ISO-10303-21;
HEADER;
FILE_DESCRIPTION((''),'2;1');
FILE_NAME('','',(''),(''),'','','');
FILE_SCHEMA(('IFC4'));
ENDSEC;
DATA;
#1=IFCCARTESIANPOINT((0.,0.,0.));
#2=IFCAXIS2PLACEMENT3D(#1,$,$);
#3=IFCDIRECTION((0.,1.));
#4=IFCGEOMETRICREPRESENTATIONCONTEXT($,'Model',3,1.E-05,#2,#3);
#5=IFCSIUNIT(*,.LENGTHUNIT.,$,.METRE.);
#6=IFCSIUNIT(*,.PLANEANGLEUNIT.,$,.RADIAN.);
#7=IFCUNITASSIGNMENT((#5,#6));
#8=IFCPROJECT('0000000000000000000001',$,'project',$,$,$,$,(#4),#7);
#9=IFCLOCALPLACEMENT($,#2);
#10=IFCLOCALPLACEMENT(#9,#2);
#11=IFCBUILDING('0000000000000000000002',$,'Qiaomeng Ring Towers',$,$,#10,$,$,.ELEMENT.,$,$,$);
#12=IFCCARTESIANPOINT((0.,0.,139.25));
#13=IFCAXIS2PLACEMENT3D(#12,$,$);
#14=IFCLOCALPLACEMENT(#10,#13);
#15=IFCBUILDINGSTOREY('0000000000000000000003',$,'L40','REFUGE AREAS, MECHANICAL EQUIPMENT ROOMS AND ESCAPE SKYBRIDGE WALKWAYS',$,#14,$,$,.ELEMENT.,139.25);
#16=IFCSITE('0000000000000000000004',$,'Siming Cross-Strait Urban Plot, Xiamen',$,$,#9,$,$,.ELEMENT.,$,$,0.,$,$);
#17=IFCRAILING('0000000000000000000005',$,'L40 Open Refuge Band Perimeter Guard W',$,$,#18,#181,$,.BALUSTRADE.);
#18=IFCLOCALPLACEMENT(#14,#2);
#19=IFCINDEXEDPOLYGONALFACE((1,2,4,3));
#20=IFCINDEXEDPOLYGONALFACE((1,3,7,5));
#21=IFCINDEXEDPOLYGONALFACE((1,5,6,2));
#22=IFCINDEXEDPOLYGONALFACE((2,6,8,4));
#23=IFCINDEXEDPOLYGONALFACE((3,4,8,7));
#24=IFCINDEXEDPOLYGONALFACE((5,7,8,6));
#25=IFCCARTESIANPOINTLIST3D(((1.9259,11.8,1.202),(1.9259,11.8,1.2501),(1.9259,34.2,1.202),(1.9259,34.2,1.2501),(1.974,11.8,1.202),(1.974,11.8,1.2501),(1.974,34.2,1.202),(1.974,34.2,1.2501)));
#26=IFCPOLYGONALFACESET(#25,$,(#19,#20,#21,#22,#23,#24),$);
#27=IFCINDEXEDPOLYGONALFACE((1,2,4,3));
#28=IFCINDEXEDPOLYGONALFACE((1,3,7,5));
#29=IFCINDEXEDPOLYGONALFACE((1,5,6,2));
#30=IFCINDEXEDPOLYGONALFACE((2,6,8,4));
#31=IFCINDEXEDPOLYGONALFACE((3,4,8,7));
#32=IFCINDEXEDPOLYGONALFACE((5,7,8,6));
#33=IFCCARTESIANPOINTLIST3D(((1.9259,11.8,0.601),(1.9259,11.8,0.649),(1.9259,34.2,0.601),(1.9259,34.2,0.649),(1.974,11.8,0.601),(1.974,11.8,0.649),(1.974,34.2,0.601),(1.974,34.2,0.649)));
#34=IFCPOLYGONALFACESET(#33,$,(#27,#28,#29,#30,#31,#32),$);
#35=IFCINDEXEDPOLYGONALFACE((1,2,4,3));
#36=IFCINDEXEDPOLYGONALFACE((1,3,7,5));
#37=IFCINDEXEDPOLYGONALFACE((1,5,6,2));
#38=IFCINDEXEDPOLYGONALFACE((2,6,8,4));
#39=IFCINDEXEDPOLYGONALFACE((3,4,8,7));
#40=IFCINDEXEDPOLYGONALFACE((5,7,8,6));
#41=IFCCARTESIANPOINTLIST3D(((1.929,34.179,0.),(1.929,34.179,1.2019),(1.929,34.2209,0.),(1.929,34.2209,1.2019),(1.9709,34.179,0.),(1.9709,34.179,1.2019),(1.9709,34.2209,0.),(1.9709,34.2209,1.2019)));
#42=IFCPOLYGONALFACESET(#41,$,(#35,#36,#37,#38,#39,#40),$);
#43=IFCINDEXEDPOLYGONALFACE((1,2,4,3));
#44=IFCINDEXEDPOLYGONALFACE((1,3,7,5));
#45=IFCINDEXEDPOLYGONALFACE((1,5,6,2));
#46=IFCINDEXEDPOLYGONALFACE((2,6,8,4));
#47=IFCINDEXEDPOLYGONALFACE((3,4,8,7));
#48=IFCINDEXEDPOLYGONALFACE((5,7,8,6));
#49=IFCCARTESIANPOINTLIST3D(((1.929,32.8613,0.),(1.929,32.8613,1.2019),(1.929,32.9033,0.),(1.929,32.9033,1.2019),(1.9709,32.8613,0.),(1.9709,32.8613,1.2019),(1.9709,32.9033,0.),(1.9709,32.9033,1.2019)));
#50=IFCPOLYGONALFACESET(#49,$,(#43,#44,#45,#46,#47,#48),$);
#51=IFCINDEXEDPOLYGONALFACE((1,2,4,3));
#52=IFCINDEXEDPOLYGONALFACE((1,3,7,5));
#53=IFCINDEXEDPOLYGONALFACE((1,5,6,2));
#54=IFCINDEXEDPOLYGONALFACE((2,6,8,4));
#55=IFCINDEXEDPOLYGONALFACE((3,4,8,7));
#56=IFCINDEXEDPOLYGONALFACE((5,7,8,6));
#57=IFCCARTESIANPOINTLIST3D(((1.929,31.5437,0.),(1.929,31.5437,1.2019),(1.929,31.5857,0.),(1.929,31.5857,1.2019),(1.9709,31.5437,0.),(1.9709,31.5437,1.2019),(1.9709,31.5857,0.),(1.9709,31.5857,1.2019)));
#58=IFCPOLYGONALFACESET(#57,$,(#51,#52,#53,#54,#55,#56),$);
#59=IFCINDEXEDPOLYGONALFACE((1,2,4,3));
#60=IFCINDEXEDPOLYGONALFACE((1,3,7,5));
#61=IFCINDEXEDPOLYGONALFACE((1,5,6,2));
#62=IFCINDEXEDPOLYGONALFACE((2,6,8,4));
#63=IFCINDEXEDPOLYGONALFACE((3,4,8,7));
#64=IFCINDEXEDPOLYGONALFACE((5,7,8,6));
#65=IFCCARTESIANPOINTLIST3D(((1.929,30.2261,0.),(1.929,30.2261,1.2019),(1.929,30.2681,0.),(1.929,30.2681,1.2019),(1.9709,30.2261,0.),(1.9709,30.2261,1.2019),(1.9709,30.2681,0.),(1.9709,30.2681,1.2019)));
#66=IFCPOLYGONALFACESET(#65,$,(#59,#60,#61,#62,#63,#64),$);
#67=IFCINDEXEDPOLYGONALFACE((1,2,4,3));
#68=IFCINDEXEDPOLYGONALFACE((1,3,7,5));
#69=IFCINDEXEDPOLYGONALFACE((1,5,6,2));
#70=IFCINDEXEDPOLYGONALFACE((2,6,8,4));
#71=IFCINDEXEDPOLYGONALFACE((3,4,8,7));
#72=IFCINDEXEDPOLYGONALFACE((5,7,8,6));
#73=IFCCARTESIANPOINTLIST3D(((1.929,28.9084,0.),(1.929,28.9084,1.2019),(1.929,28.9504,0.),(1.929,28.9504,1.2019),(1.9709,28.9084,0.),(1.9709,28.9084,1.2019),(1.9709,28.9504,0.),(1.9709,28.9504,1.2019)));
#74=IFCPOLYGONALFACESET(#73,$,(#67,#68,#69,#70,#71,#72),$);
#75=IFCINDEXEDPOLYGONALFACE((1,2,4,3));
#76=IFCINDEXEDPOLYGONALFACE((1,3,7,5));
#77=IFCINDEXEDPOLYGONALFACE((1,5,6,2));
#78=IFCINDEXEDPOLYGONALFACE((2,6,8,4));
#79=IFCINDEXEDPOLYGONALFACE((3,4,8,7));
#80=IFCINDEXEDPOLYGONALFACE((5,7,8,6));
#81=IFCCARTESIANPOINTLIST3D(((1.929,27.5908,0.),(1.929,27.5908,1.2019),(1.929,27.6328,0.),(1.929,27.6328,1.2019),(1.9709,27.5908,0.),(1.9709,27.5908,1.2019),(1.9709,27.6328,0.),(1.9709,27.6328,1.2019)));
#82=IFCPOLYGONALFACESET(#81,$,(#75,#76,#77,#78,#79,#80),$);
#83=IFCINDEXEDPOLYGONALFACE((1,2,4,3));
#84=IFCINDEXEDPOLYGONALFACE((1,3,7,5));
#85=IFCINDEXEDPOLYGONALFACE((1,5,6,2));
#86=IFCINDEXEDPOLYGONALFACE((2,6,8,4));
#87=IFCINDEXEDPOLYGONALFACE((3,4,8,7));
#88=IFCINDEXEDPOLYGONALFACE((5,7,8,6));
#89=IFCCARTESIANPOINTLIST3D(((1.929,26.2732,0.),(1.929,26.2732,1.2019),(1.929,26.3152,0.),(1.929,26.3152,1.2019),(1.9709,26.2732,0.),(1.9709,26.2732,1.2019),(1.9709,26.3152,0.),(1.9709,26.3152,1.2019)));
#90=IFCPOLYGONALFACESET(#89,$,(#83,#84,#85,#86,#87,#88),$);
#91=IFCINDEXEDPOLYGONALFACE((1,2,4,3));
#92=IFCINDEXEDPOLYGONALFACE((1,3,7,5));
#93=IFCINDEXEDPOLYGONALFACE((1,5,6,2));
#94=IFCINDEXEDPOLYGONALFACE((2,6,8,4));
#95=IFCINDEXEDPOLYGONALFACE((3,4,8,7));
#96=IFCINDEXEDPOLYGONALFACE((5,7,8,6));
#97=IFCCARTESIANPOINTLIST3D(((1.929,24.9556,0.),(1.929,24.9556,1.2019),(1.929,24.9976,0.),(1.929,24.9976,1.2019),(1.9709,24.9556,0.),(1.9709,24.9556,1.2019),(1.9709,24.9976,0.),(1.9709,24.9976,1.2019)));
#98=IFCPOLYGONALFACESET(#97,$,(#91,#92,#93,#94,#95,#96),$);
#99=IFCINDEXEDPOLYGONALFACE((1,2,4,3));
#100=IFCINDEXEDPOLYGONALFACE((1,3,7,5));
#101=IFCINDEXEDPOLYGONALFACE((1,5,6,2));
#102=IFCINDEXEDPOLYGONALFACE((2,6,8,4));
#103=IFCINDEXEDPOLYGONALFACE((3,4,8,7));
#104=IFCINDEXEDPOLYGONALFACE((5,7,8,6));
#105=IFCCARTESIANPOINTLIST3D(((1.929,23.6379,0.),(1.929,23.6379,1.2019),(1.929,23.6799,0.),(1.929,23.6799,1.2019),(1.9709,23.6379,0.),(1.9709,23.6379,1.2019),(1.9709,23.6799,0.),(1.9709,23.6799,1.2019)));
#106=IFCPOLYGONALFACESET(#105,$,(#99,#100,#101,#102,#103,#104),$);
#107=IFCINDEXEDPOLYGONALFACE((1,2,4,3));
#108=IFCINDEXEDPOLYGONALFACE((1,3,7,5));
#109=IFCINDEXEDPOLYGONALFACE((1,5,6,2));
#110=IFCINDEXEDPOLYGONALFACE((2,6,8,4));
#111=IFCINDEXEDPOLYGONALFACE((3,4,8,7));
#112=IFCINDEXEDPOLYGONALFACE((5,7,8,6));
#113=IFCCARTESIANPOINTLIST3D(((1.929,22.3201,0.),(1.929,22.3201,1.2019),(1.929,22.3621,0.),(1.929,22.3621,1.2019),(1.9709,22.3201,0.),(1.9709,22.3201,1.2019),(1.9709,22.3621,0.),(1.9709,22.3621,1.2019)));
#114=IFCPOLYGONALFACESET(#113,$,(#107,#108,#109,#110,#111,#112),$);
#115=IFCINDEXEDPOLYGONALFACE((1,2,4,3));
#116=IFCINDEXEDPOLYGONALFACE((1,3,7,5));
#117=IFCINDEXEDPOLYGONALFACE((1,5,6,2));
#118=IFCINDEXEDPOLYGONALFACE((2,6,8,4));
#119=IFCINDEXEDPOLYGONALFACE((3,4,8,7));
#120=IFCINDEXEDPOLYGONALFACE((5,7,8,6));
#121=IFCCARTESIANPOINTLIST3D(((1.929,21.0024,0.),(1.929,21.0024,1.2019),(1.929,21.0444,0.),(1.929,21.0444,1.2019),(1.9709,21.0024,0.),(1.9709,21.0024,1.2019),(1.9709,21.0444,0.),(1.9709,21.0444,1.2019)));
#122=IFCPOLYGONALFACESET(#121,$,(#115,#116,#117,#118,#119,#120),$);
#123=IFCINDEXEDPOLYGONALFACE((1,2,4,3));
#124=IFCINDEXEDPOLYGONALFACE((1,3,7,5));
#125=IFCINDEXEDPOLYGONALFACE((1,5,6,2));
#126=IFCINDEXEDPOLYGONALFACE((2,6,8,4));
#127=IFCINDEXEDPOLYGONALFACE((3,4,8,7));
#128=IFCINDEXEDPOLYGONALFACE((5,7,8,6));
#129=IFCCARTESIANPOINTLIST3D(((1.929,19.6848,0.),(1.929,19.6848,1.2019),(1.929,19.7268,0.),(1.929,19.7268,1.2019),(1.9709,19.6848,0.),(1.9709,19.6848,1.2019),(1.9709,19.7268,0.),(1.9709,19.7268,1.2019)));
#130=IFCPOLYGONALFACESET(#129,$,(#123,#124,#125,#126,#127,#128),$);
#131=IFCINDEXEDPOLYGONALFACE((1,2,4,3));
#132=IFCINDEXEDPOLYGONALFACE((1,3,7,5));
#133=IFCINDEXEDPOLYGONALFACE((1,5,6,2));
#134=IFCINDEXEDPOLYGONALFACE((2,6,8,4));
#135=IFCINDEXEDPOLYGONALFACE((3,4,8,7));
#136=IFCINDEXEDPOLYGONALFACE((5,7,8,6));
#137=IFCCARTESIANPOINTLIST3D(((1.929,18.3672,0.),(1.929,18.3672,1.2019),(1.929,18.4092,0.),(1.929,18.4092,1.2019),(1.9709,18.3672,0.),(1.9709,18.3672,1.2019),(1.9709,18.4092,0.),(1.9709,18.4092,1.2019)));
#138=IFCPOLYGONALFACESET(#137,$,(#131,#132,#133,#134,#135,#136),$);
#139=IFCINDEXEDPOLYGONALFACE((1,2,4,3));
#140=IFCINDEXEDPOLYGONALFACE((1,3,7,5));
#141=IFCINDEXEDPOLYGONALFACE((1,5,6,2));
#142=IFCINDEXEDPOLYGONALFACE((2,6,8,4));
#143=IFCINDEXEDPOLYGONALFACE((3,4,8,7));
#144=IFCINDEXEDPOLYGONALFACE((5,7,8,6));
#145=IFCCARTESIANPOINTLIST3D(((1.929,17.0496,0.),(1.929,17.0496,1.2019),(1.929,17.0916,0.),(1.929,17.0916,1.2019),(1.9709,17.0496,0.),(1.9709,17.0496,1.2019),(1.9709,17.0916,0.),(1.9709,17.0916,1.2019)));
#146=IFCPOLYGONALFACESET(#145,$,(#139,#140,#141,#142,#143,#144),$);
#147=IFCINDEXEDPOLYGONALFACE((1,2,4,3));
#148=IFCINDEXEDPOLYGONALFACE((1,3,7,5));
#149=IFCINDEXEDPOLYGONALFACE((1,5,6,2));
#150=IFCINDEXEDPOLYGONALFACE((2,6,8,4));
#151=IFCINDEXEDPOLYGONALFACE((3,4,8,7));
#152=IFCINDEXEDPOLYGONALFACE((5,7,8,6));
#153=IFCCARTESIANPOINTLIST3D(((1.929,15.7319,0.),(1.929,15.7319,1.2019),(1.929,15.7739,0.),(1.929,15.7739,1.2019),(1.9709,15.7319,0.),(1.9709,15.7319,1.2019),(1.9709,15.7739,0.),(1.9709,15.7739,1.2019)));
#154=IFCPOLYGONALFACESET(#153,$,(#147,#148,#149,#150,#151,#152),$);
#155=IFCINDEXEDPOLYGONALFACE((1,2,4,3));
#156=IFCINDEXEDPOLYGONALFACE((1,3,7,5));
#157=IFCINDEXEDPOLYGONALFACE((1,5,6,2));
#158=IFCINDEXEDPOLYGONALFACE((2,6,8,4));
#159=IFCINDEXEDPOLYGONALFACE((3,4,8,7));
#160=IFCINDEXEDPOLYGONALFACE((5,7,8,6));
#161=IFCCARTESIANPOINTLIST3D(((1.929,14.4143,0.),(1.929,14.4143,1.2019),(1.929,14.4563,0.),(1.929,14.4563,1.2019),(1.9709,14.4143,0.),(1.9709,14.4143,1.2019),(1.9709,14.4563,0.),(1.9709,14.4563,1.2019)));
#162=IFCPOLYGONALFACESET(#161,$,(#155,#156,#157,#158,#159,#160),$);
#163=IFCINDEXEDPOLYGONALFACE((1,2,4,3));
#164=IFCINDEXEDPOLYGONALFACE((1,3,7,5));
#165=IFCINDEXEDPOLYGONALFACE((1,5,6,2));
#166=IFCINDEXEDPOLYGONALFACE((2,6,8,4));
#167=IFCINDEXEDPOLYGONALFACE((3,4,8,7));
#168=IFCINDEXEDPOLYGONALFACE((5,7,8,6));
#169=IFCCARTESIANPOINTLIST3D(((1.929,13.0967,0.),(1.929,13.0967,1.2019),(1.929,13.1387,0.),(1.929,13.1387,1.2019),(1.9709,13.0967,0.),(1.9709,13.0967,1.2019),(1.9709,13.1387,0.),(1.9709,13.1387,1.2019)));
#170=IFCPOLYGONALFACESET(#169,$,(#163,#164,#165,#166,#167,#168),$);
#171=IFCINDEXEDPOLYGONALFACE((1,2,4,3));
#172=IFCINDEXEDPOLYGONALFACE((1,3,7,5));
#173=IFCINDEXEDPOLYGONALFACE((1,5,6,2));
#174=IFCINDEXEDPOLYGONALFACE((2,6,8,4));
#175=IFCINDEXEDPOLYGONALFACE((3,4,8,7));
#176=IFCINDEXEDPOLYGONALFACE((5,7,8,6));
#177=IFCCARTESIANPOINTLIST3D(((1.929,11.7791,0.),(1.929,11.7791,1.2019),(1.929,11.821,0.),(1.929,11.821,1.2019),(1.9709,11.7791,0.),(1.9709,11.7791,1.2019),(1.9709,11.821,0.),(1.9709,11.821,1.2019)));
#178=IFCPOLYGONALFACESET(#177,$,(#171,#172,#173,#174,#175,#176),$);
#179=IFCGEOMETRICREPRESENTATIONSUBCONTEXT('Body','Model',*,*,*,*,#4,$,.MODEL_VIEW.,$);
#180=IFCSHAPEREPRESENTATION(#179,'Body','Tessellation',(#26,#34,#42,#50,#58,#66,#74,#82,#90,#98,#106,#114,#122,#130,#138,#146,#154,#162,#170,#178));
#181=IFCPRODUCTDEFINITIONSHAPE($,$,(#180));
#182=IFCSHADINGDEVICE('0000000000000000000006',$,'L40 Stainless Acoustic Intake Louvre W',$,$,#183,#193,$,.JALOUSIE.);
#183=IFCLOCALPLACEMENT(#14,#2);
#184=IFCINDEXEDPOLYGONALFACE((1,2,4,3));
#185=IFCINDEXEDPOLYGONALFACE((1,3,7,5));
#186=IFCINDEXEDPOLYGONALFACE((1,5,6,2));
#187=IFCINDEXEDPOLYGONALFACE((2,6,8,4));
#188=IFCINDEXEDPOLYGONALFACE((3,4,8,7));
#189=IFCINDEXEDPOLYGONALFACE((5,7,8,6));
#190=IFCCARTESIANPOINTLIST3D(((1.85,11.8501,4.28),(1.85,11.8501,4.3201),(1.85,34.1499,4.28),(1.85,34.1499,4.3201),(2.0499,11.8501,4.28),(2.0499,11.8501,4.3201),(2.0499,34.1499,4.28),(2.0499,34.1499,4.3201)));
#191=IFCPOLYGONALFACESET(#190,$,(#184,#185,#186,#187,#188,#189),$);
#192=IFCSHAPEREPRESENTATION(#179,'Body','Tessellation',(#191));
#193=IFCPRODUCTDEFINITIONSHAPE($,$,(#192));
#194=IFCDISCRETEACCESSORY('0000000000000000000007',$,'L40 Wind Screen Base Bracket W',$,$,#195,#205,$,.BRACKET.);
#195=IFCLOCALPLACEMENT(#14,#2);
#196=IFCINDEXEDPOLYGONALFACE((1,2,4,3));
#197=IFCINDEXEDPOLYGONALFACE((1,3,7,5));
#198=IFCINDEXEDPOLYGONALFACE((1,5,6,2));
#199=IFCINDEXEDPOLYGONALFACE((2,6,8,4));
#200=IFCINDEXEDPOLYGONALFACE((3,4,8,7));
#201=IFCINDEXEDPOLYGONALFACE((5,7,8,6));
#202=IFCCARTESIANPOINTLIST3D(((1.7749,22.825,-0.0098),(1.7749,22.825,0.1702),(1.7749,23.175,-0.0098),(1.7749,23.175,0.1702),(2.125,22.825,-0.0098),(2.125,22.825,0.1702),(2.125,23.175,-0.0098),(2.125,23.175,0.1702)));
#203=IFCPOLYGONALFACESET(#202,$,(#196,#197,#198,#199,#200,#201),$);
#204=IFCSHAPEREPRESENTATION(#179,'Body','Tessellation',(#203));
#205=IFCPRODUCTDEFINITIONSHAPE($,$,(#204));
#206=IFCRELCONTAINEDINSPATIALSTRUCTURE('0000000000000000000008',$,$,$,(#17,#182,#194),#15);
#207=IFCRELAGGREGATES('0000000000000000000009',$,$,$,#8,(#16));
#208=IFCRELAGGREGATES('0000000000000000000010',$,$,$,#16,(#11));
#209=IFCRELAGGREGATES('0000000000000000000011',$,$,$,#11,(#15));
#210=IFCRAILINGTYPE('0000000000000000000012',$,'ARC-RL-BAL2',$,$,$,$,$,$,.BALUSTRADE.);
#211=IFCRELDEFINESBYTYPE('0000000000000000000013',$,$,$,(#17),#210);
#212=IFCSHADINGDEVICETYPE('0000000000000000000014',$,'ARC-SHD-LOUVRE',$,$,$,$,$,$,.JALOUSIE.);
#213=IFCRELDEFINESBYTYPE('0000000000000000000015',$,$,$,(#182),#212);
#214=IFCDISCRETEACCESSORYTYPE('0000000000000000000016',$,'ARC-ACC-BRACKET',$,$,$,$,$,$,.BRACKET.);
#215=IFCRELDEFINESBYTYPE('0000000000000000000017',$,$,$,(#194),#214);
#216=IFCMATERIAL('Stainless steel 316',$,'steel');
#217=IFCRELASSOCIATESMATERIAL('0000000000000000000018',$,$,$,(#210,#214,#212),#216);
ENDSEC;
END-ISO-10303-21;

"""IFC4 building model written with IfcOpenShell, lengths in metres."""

from ifc_helpers import new_model, si_unit, direction, frame, origin, origin_2d, place, context, subcontext, project, spatial, rectangle, extrude, source, transform, mapped, material, material_profile, profile_set, type_object, element, save


model = new_model("IFC4")

# Units and contexts
model_context = context("Model", 3, precision=1e-05, world=origin(), true_north=direction((0.0, 1.0)))
body_context = subcontext(model_context, "Body", "Model", "MODEL_VIEW")
ifc_project = project(units=[si_unit("LENGTHUNIT", "METRE"), si_unit("PLANEANGLEUNIT", "RADIAN")], contexts=[model_context])

# Site, building, storey
site_placement = place(None, origin())
site = spatial("IfcSite", under=ifc_project, at=site_placement, Name="Siming Cross-Strait Urban Plot, Xiamen", CompositionType="ELEMENT", RefElevation=0.0)
building_placement = place(site_placement, origin())
building = spatial("IfcBuilding", under=site, at=building_placement, Name="Qiaomeng Ring Towers", CompositionType="ELEMENT")
storey_placement = place(building_placement, frame((0.0, 0.0, 139.25)))
storey = spatial("IfcBuildingStorey", under=building, at=storey_placement, Name="L40", Description="REFUGE AREAS, MECHANICAL EQUIPMENT ROOMS AND ESCAPE SKYBRIDGE WALKWAYS", CompositionType="ELEMENT", Elevation=139.25)

# Shared definitions
ifc_material_1 = material(Name="Stainless steel 316", Category="steel")

# Railing
railing_type = type_object("IfcRailingType", Name="ARC-RL-BAL2", PredefinedType="BALUSTRADE", material=ifc_material_1)
railing_placement = place(storey_placement, frame((1.95, 34.2, 0.0)))
element("IfcRailing", 1, at=railing_placement, inside=storey, type_object=railing_type, Name="L40 Open Refuge Band Perimeter Guard W", PredefinedType="BALUSTRADE", context=body_context, shape_type="SweptSolid", body=[
    extrude(rectangle(XDim=0.0481, YDim=0.0481, at=origin_2d()), frame((0.0, 0.0, 1.2261), z_axis=(0.0, -1.0, 0.0), x_axis=(1.0, 0.0, 0.0)), (0.0, 0.0, 1.0), 22.3999),
    extrude(rectangle(XDim=0.0481, YDim=0.0481, at=origin_2d()), frame((0.0, 0.0, 0.625), z_axis=(0.0, -1.0, 0.0), x_axis=(1.0, 0.0, 0.0)), (0.0, 0.0, 1.0), 22.3999),
    extrude(rectangle(XDim=0.042, YDim=0.042, at=origin_2d()), origin(), (0.0, 0.0, 1.0), 1.2019),
    extrude(rectangle(XDim=0.042, YDim=0.042, at=origin_2d()), frame((0.0, -1.3176, 0.0)), (0.0, 0.0, 1.0), 1.2019),
    extrude(rectangle(XDim=0.042, YDim=0.042, at=origin_2d()), frame((0.0, -2.6353, 0.0)), (0.0, 0.0, 1.0), 1.2019),
    extrude(rectangle(XDim=0.042, YDim=0.042, at=origin_2d()), frame((0.0, -3.9529, 0.0)), (0.0, 0.0, 1.0), 1.2019),
    extrude(rectangle(XDim=0.042, YDim=0.042, at=origin_2d()), frame((0.0, -5.2705, 0.0)), (0.0, 0.0, 1.0), 1.2019),
    extrude(rectangle(XDim=0.042, YDim=0.042, at=origin_2d()), frame((0.0, -6.5881, 0.0)), (0.0, 0.0, 1.0), 1.2019),
    extrude(rectangle(XDim=0.042, YDim=0.042, at=origin_2d()), frame((0.0, -7.9058, 0.0)), (0.0, 0.0, 1.0), 1.2019),
    extrude(rectangle(XDim=0.042, YDim=0.042, at=origin_2d()), frame((0.0, -9.2234, 0.0)), (0.0, 0.0, 1.0), 1.2019),
    extrude(rectangle(XDim=0.042, YDim=0.042, at=origin_2d()), frame((0.0, -10.541, 0.0)), (0.0, 0.0, 1.0), 1.2019),
    extrude(rectangle(XDim=0.042, YDim=0.042, at=origin_2d()), frame((0.0, -11.8589, 0.0)), (0.0, 0.0, 1.0), 1.2019),
    extrude(rectangle(XDim=0.042, YDim=0.042, at=origin_2d()), frame((0.0, -13.1765, 0.0)), (0.0, 0.0, 1.0), 1.2019),
    extrude(rectangle(XDim=0.042, YDim=0.042, at=origin_2d()), frame((0.0, -14.4941, 0.0)), (0.0, 0.0, 1.0), 1.2019),
    extrude(rectangle(XDim=0.042, YDim=0.042, at=origin_2d()), frame((0.0, -15.8118, 0.0)), (0.0, 0.0, 1.0), 1.2019),
    extrude(rectangle(XDim=0.042, YDim=0.042, at=origin_2d()), frame((0.0, -17.1294, 0.0)), (0.0, 0.0, 1.0), 1.2019),
    extrude(rectangle(XDim=0.042, YDim=0.042, at=origin_2d()), frame((0.0, -18.447, 0.0)), (0.0, 0.0, 1.0), 1.2019),
    extrude(rectangle(XDim=0.042, YDim=0.042, at=origin_2d()), frame((0.0, -19.7646, 0.0)), (0.0, 0.0, 1.0), 1.2019),
    extrude(rectangle(XDim=0.042, YDim=0.042, at=origin_2d()), frame((0.0, -21.0823, 0.0)), (0.0, 0.0, 1.0), 1.2019),
    extrude(rectangle(XDim=0.042, YDim=0.042, at=origin_2d()), frame((0.0, -22.3999, 0.0)), (0.0, 0.0, 1.0), 1.2019),
])

# Shading device
ifc_material_profile_1 = material_profile(ifc_material_1, rectangle(XDim=0.2, YDim=0.04, at=origin_2d()), Name="LV BLADE 200x40")
ifc_profile_set_1 = profile_set([ifc_material_profile_1], Name="Stainless steel 316")
shading_device_type = type_object("IfcShadingDeviceType", Name="ARC-SHD-LOUVRE", PredefinedType="JALOUSIE", material=ifc_profile_set_1)
shared_shape_1 = source(origin(), body_context, "Body", "SweptSolid", [
    extrude(rectangle(XDim=0.2, YDim=0.04, at=origin_2d()), origin(), (0.0, 0.0, 1.0), 22.2998),
])
shading_device_placement = place(storey_placement, frame((1.95, 34.1499, 4.3), z_axis=(0.0, -1.0, 0.0), x_axis=(1.0, 0.0, 0.0)))
element("IfcShadingDevice", 2, at=shading_device_placement, inside=storey, type_object=shading_device_type, Name="L40 Stainless Acoustic Intake Louvre W", PredefinedType="JALOUSIE", context=body_context, shape_type="MappedRepresentation", body=[
    mapped(shared_shape_1, transform((0.0, 0.0, 0.0), x_axis=(1.0, 0.0, 0.0), y_axis=(0.0, 1.0, 0.0), z_axis=(0.0, 0.0, 1.0), scale=1.0)),
])

# Discrete accessory
discrete_accessory_type = type_object("IfcDiscreteAccessoryType", Name="ARC-ACC-BRACKET", PredefinedType="BRACKET", material=ifc_material_1)
shared_shape_2 = source(origin(), body_context, "Body", "SweptSolid", [
    extrude(rectangle(XDim=0.3501, YDim=0.3501, at=origin_2d()), origin(), (0.0, 0.0, 1.0), 0.1799),
])
discrete_accessory_placement = place(storey_placement, frame((1.95, 23.0, -0.0098), z_axis=(0.0, 0.0, 1.0), x_axis=(0.0, -1.0, 0.0)))
element("IfcDiscreteAccessory", 3, at=discrete_accessory_placement, inside=storey, type_object=discrete_accessory_type, Name="L40 Wind Screen Base Bracket W", PredefinedType="BRACKET", context=body_context, shape_type="MappedRepresentation", body=[
    mapped(shared_shape_2, transform((0.0, 0.0, 0.0), x_axis=(1.0, 0.0, 0.0), y_axis=(0.0, 1.0, 0.0), z_axis=(0.0, 0.0, 1.0), scale=1.0)),
])

save(model, "model.ifc")
